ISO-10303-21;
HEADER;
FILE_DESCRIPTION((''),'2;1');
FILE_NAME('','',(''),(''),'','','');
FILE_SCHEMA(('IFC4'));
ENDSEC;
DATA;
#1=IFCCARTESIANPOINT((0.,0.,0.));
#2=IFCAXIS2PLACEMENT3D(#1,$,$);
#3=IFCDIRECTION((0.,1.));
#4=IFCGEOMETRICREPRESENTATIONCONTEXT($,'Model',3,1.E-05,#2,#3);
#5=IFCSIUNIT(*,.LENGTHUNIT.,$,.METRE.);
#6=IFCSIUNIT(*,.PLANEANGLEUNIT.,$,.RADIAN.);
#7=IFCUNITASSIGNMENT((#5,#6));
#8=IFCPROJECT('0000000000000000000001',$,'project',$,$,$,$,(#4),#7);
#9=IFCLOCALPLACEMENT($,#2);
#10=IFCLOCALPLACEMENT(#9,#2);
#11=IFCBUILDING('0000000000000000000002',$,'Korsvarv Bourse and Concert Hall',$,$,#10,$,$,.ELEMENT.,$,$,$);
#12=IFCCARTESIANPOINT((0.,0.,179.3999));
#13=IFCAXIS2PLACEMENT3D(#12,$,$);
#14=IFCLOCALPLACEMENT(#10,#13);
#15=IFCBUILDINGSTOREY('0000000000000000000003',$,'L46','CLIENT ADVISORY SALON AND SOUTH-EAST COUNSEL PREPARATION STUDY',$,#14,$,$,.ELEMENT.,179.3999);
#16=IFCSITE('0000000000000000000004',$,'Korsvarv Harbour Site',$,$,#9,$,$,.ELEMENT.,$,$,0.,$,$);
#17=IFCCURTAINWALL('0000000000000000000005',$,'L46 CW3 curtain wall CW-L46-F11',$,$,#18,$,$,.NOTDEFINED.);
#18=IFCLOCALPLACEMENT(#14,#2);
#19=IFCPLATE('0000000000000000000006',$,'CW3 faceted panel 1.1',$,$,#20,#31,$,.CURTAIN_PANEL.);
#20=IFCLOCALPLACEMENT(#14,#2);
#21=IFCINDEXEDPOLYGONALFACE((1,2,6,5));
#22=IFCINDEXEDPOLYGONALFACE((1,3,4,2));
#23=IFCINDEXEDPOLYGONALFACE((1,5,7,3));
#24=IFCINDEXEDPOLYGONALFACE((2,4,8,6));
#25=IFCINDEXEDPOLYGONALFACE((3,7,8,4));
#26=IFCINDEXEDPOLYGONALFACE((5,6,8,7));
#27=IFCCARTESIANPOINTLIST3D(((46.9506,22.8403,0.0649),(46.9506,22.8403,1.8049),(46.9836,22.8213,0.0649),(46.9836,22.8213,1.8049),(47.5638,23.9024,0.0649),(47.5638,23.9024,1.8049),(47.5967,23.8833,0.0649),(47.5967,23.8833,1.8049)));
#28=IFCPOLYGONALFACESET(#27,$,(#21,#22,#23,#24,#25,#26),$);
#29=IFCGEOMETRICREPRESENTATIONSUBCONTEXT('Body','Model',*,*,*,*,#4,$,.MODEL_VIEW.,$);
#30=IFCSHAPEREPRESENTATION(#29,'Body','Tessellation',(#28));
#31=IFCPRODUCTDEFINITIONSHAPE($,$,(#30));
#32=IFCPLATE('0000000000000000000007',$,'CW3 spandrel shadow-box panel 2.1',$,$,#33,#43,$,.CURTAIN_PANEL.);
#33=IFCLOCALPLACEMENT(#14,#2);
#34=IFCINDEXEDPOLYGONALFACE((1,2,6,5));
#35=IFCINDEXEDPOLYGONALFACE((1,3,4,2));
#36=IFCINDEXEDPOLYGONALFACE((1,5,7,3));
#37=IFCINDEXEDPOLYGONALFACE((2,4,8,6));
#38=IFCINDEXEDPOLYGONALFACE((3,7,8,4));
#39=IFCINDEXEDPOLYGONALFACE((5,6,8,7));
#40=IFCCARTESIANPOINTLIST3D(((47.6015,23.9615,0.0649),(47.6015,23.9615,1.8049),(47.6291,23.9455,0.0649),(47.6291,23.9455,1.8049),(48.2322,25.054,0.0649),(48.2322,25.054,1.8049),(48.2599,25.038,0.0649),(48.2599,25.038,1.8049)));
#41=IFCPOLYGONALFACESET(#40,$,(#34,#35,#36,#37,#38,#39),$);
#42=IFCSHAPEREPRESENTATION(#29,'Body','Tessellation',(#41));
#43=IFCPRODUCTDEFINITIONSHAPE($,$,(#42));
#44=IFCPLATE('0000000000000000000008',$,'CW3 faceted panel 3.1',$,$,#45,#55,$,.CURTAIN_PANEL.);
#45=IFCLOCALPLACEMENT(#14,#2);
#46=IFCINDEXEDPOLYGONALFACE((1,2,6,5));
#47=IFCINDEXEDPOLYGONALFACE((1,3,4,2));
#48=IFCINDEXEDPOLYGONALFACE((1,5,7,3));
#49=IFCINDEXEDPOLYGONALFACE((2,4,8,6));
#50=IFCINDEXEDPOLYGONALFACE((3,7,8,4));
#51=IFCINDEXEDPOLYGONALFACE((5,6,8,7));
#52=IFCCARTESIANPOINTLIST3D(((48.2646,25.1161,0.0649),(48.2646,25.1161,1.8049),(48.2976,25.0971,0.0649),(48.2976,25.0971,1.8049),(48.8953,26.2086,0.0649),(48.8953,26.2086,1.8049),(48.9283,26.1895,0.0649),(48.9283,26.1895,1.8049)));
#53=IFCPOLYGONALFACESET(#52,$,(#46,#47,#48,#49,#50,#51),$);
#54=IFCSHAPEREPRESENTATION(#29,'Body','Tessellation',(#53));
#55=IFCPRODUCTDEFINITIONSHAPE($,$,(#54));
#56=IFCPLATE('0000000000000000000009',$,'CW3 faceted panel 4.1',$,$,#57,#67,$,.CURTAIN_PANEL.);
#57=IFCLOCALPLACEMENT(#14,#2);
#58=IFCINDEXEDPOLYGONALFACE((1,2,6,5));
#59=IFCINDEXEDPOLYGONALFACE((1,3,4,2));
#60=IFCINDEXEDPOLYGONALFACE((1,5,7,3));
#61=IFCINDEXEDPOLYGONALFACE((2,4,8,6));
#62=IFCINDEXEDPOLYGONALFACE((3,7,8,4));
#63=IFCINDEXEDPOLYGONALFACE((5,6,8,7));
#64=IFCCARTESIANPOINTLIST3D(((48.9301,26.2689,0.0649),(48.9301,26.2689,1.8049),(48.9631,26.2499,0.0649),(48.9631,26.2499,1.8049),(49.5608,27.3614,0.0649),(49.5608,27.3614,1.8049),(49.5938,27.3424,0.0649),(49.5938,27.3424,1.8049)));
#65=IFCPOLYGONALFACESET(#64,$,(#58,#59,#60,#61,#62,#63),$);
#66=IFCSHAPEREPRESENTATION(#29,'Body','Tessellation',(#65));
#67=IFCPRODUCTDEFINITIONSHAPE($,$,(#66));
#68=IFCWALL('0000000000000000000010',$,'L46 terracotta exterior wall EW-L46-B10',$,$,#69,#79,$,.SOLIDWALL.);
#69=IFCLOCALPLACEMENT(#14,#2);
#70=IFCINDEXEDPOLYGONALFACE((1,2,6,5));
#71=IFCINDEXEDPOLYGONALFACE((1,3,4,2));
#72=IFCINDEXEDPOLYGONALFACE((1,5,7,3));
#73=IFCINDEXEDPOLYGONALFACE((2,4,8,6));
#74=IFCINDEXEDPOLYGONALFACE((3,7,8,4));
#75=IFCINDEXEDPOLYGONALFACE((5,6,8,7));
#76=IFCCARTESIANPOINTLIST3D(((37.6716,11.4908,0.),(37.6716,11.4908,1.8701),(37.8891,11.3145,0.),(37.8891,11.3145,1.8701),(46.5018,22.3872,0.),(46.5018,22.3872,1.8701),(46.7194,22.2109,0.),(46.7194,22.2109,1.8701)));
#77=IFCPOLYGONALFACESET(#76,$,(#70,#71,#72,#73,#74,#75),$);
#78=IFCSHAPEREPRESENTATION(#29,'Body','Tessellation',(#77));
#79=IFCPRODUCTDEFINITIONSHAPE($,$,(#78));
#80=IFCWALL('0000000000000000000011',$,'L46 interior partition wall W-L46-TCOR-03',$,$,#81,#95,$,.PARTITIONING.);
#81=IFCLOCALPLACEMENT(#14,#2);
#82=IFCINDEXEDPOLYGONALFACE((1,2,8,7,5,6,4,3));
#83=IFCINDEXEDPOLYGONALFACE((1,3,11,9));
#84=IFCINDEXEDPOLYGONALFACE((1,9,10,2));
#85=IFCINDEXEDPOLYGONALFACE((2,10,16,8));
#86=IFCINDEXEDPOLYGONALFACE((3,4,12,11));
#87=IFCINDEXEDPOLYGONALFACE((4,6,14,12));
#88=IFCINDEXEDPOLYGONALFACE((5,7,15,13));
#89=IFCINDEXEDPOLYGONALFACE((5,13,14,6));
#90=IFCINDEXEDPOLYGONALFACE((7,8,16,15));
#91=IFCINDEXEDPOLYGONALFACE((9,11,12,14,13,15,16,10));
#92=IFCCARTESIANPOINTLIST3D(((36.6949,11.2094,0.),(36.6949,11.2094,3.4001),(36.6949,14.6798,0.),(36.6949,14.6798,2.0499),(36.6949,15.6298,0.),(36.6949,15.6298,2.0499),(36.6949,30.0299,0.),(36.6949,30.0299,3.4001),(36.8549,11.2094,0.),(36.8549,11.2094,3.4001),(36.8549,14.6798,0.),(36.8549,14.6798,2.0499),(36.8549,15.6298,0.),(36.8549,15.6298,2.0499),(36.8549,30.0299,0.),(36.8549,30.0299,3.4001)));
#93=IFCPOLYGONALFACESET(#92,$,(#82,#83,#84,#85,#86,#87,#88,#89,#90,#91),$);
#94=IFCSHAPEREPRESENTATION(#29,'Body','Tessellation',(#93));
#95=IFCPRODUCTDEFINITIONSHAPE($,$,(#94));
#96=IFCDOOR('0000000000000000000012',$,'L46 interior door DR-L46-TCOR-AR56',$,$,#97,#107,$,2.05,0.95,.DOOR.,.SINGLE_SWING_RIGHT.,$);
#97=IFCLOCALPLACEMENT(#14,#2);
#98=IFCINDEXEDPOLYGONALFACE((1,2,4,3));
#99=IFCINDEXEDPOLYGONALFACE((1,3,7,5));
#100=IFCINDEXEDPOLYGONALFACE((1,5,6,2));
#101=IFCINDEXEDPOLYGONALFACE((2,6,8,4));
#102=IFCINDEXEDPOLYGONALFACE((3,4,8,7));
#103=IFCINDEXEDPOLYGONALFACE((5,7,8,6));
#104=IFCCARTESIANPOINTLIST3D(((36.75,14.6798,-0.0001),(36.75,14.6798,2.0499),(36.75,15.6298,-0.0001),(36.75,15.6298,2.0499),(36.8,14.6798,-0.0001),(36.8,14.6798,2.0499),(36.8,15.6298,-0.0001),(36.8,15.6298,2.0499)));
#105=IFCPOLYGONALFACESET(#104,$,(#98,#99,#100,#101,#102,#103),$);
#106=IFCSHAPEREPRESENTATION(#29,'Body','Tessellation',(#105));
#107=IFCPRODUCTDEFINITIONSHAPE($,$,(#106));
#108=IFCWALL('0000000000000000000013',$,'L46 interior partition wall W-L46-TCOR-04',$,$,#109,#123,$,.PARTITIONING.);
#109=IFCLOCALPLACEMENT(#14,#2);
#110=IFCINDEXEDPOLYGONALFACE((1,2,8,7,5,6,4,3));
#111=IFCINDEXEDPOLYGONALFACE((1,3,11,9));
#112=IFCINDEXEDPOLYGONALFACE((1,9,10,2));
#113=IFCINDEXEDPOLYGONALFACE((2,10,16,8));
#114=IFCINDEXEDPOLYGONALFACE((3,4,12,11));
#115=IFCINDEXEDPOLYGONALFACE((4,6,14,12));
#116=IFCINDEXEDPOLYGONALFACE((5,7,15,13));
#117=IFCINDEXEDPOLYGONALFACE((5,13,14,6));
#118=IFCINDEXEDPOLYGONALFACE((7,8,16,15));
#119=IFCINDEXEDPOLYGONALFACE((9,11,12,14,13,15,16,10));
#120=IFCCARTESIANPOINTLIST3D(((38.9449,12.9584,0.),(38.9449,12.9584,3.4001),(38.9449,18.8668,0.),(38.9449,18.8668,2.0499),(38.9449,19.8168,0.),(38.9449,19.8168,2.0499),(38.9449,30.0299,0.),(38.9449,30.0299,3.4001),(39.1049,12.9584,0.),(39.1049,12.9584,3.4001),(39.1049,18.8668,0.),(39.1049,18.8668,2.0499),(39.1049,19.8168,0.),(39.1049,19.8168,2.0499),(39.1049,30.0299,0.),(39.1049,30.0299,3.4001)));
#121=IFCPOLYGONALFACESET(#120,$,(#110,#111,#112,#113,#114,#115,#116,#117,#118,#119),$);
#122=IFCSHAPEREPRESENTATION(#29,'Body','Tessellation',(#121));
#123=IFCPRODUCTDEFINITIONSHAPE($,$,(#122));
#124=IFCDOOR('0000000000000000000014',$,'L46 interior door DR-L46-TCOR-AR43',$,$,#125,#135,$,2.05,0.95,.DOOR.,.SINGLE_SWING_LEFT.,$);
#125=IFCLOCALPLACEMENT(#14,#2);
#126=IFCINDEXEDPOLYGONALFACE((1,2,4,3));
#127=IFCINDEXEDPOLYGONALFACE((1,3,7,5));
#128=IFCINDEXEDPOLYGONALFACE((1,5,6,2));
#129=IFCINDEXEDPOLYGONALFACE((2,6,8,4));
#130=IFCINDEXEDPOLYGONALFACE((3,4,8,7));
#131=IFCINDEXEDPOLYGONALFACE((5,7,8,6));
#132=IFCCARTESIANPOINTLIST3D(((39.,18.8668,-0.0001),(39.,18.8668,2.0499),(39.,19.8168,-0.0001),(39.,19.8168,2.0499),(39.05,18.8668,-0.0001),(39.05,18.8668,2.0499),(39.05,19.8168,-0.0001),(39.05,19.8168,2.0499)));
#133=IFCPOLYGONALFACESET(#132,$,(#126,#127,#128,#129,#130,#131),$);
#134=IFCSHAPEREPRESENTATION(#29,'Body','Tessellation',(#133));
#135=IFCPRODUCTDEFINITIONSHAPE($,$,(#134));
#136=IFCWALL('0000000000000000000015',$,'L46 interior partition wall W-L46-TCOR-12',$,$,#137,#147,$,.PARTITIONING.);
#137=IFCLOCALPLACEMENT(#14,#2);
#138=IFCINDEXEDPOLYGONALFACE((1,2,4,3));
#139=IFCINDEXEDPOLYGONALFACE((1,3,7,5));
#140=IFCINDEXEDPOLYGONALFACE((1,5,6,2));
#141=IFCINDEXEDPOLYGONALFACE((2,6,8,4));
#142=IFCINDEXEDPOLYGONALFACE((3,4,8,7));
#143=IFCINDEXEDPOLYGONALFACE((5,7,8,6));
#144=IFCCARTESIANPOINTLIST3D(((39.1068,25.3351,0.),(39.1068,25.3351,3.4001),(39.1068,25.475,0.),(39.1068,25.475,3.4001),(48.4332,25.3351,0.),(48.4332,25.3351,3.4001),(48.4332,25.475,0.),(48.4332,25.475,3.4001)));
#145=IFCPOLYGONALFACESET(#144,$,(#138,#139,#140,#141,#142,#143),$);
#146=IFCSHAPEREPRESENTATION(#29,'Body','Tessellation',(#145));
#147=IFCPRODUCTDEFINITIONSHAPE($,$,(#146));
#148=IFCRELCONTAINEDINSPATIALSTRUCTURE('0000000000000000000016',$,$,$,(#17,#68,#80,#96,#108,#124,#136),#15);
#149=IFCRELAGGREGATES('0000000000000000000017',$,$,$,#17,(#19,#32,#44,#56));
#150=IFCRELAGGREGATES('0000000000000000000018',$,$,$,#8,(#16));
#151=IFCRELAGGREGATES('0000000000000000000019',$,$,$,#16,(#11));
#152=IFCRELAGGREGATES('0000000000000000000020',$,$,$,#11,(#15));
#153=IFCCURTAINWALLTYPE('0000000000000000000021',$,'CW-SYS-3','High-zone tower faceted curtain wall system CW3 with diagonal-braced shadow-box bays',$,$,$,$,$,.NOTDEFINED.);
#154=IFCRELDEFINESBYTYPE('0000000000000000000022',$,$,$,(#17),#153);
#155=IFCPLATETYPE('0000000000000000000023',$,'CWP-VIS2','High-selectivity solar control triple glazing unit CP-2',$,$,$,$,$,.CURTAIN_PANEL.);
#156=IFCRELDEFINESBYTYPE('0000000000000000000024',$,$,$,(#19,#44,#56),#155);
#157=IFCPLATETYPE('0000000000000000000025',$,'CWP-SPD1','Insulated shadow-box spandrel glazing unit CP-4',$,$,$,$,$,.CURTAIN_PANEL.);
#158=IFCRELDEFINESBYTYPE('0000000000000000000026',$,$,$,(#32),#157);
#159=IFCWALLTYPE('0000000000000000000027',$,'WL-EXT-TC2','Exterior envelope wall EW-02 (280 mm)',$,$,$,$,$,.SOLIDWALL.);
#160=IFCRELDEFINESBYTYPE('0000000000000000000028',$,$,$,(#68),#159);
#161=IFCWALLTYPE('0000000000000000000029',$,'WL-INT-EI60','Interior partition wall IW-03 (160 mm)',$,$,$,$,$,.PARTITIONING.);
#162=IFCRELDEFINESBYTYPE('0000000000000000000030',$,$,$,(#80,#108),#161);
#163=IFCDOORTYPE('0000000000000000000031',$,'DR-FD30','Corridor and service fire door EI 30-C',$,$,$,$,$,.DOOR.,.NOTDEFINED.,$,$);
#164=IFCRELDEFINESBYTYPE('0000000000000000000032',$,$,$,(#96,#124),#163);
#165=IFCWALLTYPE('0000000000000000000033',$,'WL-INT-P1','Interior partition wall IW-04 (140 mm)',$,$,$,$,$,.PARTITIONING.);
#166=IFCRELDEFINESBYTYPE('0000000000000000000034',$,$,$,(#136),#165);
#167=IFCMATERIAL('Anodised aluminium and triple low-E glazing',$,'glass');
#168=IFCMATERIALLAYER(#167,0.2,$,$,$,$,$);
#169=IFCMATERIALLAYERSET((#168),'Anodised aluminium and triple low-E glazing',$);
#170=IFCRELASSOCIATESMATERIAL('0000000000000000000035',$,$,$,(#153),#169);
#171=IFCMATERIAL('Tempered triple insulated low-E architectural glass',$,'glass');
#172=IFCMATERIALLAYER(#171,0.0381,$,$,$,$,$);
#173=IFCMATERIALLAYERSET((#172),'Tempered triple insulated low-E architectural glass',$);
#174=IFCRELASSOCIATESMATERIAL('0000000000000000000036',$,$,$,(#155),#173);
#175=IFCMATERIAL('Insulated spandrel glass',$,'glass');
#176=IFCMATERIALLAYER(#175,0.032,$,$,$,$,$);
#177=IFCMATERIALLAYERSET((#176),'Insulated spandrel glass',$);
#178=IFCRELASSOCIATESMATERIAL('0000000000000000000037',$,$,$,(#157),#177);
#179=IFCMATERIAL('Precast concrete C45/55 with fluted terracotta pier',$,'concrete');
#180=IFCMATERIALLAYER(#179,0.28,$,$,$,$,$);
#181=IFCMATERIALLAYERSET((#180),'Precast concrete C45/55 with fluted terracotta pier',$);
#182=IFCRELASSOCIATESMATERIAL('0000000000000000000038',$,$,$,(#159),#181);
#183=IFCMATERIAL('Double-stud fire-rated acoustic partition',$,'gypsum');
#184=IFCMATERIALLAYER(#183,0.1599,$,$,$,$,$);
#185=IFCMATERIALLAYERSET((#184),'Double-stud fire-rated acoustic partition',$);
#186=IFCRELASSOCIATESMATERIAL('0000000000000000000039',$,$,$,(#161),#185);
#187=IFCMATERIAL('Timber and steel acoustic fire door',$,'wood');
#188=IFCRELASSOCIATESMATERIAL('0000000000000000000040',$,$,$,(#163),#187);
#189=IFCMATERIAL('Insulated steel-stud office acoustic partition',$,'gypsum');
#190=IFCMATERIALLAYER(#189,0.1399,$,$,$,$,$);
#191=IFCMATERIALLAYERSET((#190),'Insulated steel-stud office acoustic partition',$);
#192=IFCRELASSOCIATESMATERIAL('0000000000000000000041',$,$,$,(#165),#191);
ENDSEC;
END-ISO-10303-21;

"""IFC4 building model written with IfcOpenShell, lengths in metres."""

from ifc_helpers import new_model, si_unit, direction, frame, frame_2d, origin, origin_2d, place, context, subcontext, project, spatial, rectangle, extrude, source, transform, mapped, material, layer, layer_set, type_object, element, fill, aggregate, save


model = new_model("IFC4")

# Units and contexts
model_context = context("Model", 3, precision=1e-05, world=origin(), true_north=direction((0.0, 1.0)))
body_context = subcontext(model_context, "Body", "Model", "MODEL_VIEW")
ifc_project = project(units=[si_unit("LENGTHUNIT", "METRE"), si_unit("PLANEANGLEUNIT", "RADIAN")], contexts=[model_context])

# Site, building, storey
site_placement = place(None, origin())
site = spatial("IfcSite", under=ifc_project, at=site_placement, Name="Korsvarv Harbour Site", CompositionType="ELEMENT", RefElevation=0.0)
building_placement = place(site_placement, origin())
building = spatial("IfcBuilding", under=site, at=building_placement, Name="Korsvarv Bourse and Concert Hall", CompositionType="ELEMENT")
storey_placement = place(building_placement, frame((0.0, 0.0, 179.3999)))
storey = spatial("IfcBuildingStorey", under=building, at=storey_placement, Name="L46", Description="CLIENT ADVISORY SALON AND SOUTH-EAST COUNSEL PREPARATION STUDY", CompositionType="ELEMENT", Elevation=179.3999)

# Curtain wall, plates
ifc_material_1 = material(Name="Anodised aluminium and triple low-E glazing", Category="glass")
ifc_layer_1 = layer(ifc_material_1, 0.2)
ifc_layer_set_1 = layer_set([ifc_layer_1], Name="Anodised aluminium and triple low-E glazing")
curtain_wall_type = type_object("IfcCurtainWallType", Name="CW-SYS-3", Description="High-zone tower faceted curtain wall system CW3 with diagonal-braced shadow-box bays", PredefinedType="NOTDEFINED", material=ifc_layer_set_1)
curtain_wall_placement = place(storey_placement, origin())
curtain_wall = element("IfcCurtainWall", 1, at=curtain_wall_placement, inside=storey, type_object=curtain_wall_type, Name="L46 CW3 curtain wall CW-L46-F11", PredefinedType="NOTDEFINED")
ifc_material_2 = material(Name="Tempered triple insulated low-E architectural glass", Category="glass")
ifc_layer_2 = layer(ifc_material_2, 0.0381)
ifc_layer_set_2 = layer_set([ifc_layer_2], Name="Tempered triple insulated low-E architectural glass")
plate_type_1 = type_object("IfcPlateType", Name="CWP-VIS2", Description="High-selectivity solar control triple glazing unit CP-2", PredefinedType="CURTAIN_PANEL", material=ifc_layer_set_2)
shared_shape_1 = source(origin(), body_context, "Body", "SweptSolid", [
    extrude(rectangle(XDim=1.2263, YDim=0.0381, at=origin_2d()), origin(), (0.0, 0.0, 1.0), 1.74),
])
plate_1_placement = place(storey_placement, frame((47.2737, 23.3618, 0.0649), z_axis=(0.0, 0.0, 1.0), x_axis=(0.499994, 0.866029, 0.0)))
plate_1 = element("IfcPlate", 2, at=plate_1_placement, type_object=plate_type_1, Name="CW3 faceted panel 1.1", PredefinedType="CURTAIN_PANEL", context=body_context, shape_type="MappedRepresentation", body=[
    mapped(shared_shape_1, transform((0.0, 0.0, 0.0), scale=1.0)),
])
ifc_material_3 = material(Name="Insulated spandrel glass", Category="glass")
ifc_layer_3 = layer(ifc_material_3, 0.032)
ifc_layer_set_3 = layer_set([ifc_layer_3], Name="Insulated spandrel glass")
plate_type_2 = type_object("IfcPlateType", Name="CWP-SPD1", Description="Insulated shadow-box spandrel glazing unit CP-4", PredefinedType="CURTAIN_PANEL", material=ifc_layer_set_3)
shared_shape_2 = source(origin(), body_context, "Body", "SweptSolid", [
    extrude(rectangle(XDim=1.2615, YDim=0.032, at=origin_2d()), origin(), (0.0, 0.0, 1.0), 1.74),
])
plate_2_placement = place(storey_placement, frame((47.9307, 24.4998, 0.0649), z_axis=(0.0, 0.0, 1.0), x_axis=(0.499994, 0.866029, 0.0)))
plate_2 = element("IfcPlate", 3, at=plate_2_placement, type_object=plate_type_2, Name="CW3 spandrel shadow-box panel 2.1", PredefinedType="CURTAIN_PANEL", context=body_context, shape_type="MappedRepresentation", body=[
    mapped(shared_shape_2, transform((0.0, 0.0, 0.0), scale=1.0)),
])
shared_shape_3 = source(origin(), body_context, "Body", "SweptSolid", [
    extrude(rectangle(XDim=1.2615, YDim=0.0381, at=origin_2d()), origin(), (0.0, 0.0, 1.0), 1.74),
])
plate_3_placement = place(storey_placement, frame((48.5964, 25.6528, 0.0649), z_axis=(0.0, 0.0, 1.0), x_axis=(0.499994, 0.866029, 0.0)))
plate_3 = element("IfcPlate", 4, at=plate_3_placement, type_object=plate_type_1, Name="CW3 faceted panel 3.1", PredefinedType="CURTAIN_PANEL", context=body_context, shape_type="MappedRepresentation", body=[
    mapped(shared_shape_3, transform((0.0, 0.0, 0.0), scale=1.0)),
])
plate_4_placement = place(storey_placement, frame((49.262, 26.8057, 0.0649), z_axis=(0.0, 0.0, 1.0), x_axis=(0.499994, 0.866029, 0.0)))
plate_4 = element("IfcPlate", 5, at=plate_4_placement, type_object=plate_type_1, Name="CW3 faceted panel 4.1", PredefinedType="CURTAIN_PANEL", context=body_context, shape_type="MappedRepresentation", body=[
    mapped(shared_shape_3, transform((0.0, 0.0, 0.0), scale=1.0)),
])
aggregate(curtain_wall, [plate_1, plate_2, plate_3, plate_4])

# Wall
ifc_material_4 = material(Name="Precast concrete C45/55 with fluted terracotta pier", Category="concrete")
ifc_layer_4 = layer(ifc_material_4, 0.28)
ifc_layer_set_4 = layer_set([ifc_layer_4], Name="Precast concrete C45/55 with fluted terracotta pier")
wall_type_1 = type_object("IfcWallType", Name="WL-EXT-TC2", Description="Exterior envelope wall EW-02 (280 mm)", PredefinedType="SOLIDWALL", material=ifc_layer_set_4)
wall_1_placement = place(storey_placement, frame((37.7803, 11.4026, 0.0), z_axis=(0.0, 0.0, 1.0), x_axis=(0.629601, 0.776918, 0.0)))
element("IfcWall", 6, at=wall_1_placement, inside=storey, type_object=wall_type_1, Name="L46 terracotta exterior wall EW-L46-B10", PredefinedType="SOLIDWALL", context=body_context, shape_type="SweptSolid", body=[
    extrude(rectangle(XDim=14.0251, YDim=0.28, at=frame_2d((7.0127, 0.0))), origin(), (0.0, 0.0, 1.0), 1.8701),
])

# Walls, openings, doors
ifc_material_5 = material(Name="Double-stud fire-rated acoustic partition", Category="gypsum")
ifc_layer_5 = layer(ifc_material_5, 0.1599)
ifc_layer_set_5 = layer_set([ifc_layer_5], Name="Double-stud fire-rated acoustic partition")
wall_type_2 = type_object("IfcWallType", Name="WL-INT-EI60", Description="Interior partition wall IW-03 (160 mm)", PredefinedType="PARTITIONING", material=ifc_layer_set_5)
wall_2_placement = place(storey_placement, frame((36.7749, 11.2095, 0.0), z_axis=(0.0, 0.0, 1.0), x_axis=(0.0, 1.0, 0.0)))
wall_2 = element("IfcWall", 7, at=wall_2_placement, inside=storey, type_object=wall_type_2, Name="L46 interior partition wall W-L46-TCOR-03", PredefinedType="PARTITIONING", context=body_context, shape_type="SweptSolid", body=[
    extrude(rectangle(XDim=18.8206, YDim=0.1599, at=frame_2d((9.4102, 0.0))), origin(), (0.0, 0.0, 1.0), 3.4001),
])
opening_1_placement = place(wall_2_placement, frame((3.4702, 0.0, 0.0)))
opening_1 = element("IfcOpeningElement", 8, at=opening_1_placement, cuts=wall_2, PredefinedType="OPENING", context=body_context, shape_type="SweptSolid", body=[
    extrude(rectangle(XDim=0.95, YDim=2.05, at=frame_2d((0.4751, 1.0249))), frame((0.0, 0.0898, 0.0), z_axis=(0.0, -1.0, 0.0), x_axis=(1.0, 0.0, 0.0)), (0.0, 0.0, 1.0), 0.1799),
])
ifc_material_6 = material(Name="Timber and steel acoustic fire door", Category="wood")
door_type = type_object("IfcDoorType", Name="DR-FD30", Description="Corridor and service fire door EI 30-C", OperationType="NOTDEFINED", PredefinedType="DOOR", material=ifc_material_6)
door_1_placement = place(opening_1_placement, origin())
door_1 = element("IfcDoor", 9, at=door_1_placement, inside=storey, type_object=door_type, Name="L46 interior door DR-L46-TCOR-AR56", OperationType="SINGLE_SWING_RIGHT", OverallHeight=2.05, OverallWidth=0.95, PredefinedType="DOOR", context=body_context, shape_type="SweptSolid", body=[
    extrude(rectangle(XDim=0.95, YDim=2.05, at=frame_2d((0.4751, 1.0249))), frame((0.0, 0.0249, 0.0), z_axis=(0.0, -1.0, 0.0), x_axis=(1.0, 0.0, 0.0)), (0.0, 0.0, 1.0), 0.05),
])
fill(opening_1, door_1)
wall_3_placement = place(storey_placement, frame((39.0249, 12.9585, 0.0), z_axis=(0.0, 0.0, 1.0), x_axis=(0.0, 1.0, 0.0)))
wall_3 = element("IfcWall", 10, at=wall_3_placement, inside=storey, type_object=wall_type_2, Name="L46 interior partition wall W-L46-TCOR-04", PredefinedType="PARTITIONING", context=body_context, shape_type="SweptSolid", body=[
    extrude(rectangle(XDim=17.0715, YDim=0.1599, at=frame_2d((8.5356, 0.0))), origin(), (0.0, 0.0, 1.0), 3.4001),
])
opening_2_placement = place(wall_3_placement, frame((5.9082, 0.0, 0.0)))
opening_2 = element("IfcOpeningElement", 11, at=opening_2_placement, cuts=wall_3, PredefinedType="OPENING", context=body_context, shape_type="SweptSolid", body=[
    extrude(rectangle(XDim=0.95, YDim=2.05, at=frame_2d((0.4751, 1.0249))), frame((0.0, 0.0898, 0.0), z_axis=(0.0, -1.0, 0.0), x_axis=(1.0, 0.0, 0.0)), (0.0, 0.0, 1.0), 0.1799),
])
door_2_placement = place(opening_2_placement, origin())
door_2 = element("IfcDoor", 12, at=door_2_placement, inside=storey, type_object=door_type, Name="L46 interior door DR-L46-TCOR-AR43", OperationType="SINGLE_SWING_LEFT", OverallHeight=2.05, OverallWidth=0.95, PredefinedType="DOOR", context=body_context, shape_type="SweptSolid", body=[
    extrude(rectangle(XDim=0.95, YDim=2.05, at=frame_2d((0.4751, 1.0249))), frame((0.0, 0.0249, 0.0), z_axis=(0.0, -1.0, 0.0), x_axis=(1.0, 0.0, 0.0)), (0.0, 0.0, 1.0), 0.05),
])
fill(opening_2, door_2)

# Wall
ifc_material_7 = material(Name="Insulated steel-stud office acoustic partition", Category="gypsum")
ifc_layer_6 = layer(ifc_material_7, 0.1399)
ifc_layer_set_6 = layer_set([ifc_layer_6], Name="Insulated steel-stud office acoustic partition")
wall_type_3 = type_object("IfcWallType", Name="WL-INT-P1", Description="Interior partition wall IW-04 (140 mm)", PredefinedType="PARTITIONING", material=ifc_layer_set_6)
wall_4_placement = place(storey_placement, frame((39.1069, 25.405, 0.0), z_axis=(0.0, 0.0, 1.0), x_axis=(1.0, 0.0, 0.0)))
element("IfcWall", 13, at=wall_4_placement, inside=storey, type_object=wall_type_3, Name="L46 interior partition wall W-L46-TCOR-12", PredefinedType="PARTITIONING", context=body_context, shape_type="SweptSolid", body=[
    extrude(rectangle(XDim=9.3264, YDim=0.1399, at=frame_2d((4.6631, 0.0))), origin(), (0.0, 0.0, 1.0), 3.4001),
])

save(model, "model.ifc")
